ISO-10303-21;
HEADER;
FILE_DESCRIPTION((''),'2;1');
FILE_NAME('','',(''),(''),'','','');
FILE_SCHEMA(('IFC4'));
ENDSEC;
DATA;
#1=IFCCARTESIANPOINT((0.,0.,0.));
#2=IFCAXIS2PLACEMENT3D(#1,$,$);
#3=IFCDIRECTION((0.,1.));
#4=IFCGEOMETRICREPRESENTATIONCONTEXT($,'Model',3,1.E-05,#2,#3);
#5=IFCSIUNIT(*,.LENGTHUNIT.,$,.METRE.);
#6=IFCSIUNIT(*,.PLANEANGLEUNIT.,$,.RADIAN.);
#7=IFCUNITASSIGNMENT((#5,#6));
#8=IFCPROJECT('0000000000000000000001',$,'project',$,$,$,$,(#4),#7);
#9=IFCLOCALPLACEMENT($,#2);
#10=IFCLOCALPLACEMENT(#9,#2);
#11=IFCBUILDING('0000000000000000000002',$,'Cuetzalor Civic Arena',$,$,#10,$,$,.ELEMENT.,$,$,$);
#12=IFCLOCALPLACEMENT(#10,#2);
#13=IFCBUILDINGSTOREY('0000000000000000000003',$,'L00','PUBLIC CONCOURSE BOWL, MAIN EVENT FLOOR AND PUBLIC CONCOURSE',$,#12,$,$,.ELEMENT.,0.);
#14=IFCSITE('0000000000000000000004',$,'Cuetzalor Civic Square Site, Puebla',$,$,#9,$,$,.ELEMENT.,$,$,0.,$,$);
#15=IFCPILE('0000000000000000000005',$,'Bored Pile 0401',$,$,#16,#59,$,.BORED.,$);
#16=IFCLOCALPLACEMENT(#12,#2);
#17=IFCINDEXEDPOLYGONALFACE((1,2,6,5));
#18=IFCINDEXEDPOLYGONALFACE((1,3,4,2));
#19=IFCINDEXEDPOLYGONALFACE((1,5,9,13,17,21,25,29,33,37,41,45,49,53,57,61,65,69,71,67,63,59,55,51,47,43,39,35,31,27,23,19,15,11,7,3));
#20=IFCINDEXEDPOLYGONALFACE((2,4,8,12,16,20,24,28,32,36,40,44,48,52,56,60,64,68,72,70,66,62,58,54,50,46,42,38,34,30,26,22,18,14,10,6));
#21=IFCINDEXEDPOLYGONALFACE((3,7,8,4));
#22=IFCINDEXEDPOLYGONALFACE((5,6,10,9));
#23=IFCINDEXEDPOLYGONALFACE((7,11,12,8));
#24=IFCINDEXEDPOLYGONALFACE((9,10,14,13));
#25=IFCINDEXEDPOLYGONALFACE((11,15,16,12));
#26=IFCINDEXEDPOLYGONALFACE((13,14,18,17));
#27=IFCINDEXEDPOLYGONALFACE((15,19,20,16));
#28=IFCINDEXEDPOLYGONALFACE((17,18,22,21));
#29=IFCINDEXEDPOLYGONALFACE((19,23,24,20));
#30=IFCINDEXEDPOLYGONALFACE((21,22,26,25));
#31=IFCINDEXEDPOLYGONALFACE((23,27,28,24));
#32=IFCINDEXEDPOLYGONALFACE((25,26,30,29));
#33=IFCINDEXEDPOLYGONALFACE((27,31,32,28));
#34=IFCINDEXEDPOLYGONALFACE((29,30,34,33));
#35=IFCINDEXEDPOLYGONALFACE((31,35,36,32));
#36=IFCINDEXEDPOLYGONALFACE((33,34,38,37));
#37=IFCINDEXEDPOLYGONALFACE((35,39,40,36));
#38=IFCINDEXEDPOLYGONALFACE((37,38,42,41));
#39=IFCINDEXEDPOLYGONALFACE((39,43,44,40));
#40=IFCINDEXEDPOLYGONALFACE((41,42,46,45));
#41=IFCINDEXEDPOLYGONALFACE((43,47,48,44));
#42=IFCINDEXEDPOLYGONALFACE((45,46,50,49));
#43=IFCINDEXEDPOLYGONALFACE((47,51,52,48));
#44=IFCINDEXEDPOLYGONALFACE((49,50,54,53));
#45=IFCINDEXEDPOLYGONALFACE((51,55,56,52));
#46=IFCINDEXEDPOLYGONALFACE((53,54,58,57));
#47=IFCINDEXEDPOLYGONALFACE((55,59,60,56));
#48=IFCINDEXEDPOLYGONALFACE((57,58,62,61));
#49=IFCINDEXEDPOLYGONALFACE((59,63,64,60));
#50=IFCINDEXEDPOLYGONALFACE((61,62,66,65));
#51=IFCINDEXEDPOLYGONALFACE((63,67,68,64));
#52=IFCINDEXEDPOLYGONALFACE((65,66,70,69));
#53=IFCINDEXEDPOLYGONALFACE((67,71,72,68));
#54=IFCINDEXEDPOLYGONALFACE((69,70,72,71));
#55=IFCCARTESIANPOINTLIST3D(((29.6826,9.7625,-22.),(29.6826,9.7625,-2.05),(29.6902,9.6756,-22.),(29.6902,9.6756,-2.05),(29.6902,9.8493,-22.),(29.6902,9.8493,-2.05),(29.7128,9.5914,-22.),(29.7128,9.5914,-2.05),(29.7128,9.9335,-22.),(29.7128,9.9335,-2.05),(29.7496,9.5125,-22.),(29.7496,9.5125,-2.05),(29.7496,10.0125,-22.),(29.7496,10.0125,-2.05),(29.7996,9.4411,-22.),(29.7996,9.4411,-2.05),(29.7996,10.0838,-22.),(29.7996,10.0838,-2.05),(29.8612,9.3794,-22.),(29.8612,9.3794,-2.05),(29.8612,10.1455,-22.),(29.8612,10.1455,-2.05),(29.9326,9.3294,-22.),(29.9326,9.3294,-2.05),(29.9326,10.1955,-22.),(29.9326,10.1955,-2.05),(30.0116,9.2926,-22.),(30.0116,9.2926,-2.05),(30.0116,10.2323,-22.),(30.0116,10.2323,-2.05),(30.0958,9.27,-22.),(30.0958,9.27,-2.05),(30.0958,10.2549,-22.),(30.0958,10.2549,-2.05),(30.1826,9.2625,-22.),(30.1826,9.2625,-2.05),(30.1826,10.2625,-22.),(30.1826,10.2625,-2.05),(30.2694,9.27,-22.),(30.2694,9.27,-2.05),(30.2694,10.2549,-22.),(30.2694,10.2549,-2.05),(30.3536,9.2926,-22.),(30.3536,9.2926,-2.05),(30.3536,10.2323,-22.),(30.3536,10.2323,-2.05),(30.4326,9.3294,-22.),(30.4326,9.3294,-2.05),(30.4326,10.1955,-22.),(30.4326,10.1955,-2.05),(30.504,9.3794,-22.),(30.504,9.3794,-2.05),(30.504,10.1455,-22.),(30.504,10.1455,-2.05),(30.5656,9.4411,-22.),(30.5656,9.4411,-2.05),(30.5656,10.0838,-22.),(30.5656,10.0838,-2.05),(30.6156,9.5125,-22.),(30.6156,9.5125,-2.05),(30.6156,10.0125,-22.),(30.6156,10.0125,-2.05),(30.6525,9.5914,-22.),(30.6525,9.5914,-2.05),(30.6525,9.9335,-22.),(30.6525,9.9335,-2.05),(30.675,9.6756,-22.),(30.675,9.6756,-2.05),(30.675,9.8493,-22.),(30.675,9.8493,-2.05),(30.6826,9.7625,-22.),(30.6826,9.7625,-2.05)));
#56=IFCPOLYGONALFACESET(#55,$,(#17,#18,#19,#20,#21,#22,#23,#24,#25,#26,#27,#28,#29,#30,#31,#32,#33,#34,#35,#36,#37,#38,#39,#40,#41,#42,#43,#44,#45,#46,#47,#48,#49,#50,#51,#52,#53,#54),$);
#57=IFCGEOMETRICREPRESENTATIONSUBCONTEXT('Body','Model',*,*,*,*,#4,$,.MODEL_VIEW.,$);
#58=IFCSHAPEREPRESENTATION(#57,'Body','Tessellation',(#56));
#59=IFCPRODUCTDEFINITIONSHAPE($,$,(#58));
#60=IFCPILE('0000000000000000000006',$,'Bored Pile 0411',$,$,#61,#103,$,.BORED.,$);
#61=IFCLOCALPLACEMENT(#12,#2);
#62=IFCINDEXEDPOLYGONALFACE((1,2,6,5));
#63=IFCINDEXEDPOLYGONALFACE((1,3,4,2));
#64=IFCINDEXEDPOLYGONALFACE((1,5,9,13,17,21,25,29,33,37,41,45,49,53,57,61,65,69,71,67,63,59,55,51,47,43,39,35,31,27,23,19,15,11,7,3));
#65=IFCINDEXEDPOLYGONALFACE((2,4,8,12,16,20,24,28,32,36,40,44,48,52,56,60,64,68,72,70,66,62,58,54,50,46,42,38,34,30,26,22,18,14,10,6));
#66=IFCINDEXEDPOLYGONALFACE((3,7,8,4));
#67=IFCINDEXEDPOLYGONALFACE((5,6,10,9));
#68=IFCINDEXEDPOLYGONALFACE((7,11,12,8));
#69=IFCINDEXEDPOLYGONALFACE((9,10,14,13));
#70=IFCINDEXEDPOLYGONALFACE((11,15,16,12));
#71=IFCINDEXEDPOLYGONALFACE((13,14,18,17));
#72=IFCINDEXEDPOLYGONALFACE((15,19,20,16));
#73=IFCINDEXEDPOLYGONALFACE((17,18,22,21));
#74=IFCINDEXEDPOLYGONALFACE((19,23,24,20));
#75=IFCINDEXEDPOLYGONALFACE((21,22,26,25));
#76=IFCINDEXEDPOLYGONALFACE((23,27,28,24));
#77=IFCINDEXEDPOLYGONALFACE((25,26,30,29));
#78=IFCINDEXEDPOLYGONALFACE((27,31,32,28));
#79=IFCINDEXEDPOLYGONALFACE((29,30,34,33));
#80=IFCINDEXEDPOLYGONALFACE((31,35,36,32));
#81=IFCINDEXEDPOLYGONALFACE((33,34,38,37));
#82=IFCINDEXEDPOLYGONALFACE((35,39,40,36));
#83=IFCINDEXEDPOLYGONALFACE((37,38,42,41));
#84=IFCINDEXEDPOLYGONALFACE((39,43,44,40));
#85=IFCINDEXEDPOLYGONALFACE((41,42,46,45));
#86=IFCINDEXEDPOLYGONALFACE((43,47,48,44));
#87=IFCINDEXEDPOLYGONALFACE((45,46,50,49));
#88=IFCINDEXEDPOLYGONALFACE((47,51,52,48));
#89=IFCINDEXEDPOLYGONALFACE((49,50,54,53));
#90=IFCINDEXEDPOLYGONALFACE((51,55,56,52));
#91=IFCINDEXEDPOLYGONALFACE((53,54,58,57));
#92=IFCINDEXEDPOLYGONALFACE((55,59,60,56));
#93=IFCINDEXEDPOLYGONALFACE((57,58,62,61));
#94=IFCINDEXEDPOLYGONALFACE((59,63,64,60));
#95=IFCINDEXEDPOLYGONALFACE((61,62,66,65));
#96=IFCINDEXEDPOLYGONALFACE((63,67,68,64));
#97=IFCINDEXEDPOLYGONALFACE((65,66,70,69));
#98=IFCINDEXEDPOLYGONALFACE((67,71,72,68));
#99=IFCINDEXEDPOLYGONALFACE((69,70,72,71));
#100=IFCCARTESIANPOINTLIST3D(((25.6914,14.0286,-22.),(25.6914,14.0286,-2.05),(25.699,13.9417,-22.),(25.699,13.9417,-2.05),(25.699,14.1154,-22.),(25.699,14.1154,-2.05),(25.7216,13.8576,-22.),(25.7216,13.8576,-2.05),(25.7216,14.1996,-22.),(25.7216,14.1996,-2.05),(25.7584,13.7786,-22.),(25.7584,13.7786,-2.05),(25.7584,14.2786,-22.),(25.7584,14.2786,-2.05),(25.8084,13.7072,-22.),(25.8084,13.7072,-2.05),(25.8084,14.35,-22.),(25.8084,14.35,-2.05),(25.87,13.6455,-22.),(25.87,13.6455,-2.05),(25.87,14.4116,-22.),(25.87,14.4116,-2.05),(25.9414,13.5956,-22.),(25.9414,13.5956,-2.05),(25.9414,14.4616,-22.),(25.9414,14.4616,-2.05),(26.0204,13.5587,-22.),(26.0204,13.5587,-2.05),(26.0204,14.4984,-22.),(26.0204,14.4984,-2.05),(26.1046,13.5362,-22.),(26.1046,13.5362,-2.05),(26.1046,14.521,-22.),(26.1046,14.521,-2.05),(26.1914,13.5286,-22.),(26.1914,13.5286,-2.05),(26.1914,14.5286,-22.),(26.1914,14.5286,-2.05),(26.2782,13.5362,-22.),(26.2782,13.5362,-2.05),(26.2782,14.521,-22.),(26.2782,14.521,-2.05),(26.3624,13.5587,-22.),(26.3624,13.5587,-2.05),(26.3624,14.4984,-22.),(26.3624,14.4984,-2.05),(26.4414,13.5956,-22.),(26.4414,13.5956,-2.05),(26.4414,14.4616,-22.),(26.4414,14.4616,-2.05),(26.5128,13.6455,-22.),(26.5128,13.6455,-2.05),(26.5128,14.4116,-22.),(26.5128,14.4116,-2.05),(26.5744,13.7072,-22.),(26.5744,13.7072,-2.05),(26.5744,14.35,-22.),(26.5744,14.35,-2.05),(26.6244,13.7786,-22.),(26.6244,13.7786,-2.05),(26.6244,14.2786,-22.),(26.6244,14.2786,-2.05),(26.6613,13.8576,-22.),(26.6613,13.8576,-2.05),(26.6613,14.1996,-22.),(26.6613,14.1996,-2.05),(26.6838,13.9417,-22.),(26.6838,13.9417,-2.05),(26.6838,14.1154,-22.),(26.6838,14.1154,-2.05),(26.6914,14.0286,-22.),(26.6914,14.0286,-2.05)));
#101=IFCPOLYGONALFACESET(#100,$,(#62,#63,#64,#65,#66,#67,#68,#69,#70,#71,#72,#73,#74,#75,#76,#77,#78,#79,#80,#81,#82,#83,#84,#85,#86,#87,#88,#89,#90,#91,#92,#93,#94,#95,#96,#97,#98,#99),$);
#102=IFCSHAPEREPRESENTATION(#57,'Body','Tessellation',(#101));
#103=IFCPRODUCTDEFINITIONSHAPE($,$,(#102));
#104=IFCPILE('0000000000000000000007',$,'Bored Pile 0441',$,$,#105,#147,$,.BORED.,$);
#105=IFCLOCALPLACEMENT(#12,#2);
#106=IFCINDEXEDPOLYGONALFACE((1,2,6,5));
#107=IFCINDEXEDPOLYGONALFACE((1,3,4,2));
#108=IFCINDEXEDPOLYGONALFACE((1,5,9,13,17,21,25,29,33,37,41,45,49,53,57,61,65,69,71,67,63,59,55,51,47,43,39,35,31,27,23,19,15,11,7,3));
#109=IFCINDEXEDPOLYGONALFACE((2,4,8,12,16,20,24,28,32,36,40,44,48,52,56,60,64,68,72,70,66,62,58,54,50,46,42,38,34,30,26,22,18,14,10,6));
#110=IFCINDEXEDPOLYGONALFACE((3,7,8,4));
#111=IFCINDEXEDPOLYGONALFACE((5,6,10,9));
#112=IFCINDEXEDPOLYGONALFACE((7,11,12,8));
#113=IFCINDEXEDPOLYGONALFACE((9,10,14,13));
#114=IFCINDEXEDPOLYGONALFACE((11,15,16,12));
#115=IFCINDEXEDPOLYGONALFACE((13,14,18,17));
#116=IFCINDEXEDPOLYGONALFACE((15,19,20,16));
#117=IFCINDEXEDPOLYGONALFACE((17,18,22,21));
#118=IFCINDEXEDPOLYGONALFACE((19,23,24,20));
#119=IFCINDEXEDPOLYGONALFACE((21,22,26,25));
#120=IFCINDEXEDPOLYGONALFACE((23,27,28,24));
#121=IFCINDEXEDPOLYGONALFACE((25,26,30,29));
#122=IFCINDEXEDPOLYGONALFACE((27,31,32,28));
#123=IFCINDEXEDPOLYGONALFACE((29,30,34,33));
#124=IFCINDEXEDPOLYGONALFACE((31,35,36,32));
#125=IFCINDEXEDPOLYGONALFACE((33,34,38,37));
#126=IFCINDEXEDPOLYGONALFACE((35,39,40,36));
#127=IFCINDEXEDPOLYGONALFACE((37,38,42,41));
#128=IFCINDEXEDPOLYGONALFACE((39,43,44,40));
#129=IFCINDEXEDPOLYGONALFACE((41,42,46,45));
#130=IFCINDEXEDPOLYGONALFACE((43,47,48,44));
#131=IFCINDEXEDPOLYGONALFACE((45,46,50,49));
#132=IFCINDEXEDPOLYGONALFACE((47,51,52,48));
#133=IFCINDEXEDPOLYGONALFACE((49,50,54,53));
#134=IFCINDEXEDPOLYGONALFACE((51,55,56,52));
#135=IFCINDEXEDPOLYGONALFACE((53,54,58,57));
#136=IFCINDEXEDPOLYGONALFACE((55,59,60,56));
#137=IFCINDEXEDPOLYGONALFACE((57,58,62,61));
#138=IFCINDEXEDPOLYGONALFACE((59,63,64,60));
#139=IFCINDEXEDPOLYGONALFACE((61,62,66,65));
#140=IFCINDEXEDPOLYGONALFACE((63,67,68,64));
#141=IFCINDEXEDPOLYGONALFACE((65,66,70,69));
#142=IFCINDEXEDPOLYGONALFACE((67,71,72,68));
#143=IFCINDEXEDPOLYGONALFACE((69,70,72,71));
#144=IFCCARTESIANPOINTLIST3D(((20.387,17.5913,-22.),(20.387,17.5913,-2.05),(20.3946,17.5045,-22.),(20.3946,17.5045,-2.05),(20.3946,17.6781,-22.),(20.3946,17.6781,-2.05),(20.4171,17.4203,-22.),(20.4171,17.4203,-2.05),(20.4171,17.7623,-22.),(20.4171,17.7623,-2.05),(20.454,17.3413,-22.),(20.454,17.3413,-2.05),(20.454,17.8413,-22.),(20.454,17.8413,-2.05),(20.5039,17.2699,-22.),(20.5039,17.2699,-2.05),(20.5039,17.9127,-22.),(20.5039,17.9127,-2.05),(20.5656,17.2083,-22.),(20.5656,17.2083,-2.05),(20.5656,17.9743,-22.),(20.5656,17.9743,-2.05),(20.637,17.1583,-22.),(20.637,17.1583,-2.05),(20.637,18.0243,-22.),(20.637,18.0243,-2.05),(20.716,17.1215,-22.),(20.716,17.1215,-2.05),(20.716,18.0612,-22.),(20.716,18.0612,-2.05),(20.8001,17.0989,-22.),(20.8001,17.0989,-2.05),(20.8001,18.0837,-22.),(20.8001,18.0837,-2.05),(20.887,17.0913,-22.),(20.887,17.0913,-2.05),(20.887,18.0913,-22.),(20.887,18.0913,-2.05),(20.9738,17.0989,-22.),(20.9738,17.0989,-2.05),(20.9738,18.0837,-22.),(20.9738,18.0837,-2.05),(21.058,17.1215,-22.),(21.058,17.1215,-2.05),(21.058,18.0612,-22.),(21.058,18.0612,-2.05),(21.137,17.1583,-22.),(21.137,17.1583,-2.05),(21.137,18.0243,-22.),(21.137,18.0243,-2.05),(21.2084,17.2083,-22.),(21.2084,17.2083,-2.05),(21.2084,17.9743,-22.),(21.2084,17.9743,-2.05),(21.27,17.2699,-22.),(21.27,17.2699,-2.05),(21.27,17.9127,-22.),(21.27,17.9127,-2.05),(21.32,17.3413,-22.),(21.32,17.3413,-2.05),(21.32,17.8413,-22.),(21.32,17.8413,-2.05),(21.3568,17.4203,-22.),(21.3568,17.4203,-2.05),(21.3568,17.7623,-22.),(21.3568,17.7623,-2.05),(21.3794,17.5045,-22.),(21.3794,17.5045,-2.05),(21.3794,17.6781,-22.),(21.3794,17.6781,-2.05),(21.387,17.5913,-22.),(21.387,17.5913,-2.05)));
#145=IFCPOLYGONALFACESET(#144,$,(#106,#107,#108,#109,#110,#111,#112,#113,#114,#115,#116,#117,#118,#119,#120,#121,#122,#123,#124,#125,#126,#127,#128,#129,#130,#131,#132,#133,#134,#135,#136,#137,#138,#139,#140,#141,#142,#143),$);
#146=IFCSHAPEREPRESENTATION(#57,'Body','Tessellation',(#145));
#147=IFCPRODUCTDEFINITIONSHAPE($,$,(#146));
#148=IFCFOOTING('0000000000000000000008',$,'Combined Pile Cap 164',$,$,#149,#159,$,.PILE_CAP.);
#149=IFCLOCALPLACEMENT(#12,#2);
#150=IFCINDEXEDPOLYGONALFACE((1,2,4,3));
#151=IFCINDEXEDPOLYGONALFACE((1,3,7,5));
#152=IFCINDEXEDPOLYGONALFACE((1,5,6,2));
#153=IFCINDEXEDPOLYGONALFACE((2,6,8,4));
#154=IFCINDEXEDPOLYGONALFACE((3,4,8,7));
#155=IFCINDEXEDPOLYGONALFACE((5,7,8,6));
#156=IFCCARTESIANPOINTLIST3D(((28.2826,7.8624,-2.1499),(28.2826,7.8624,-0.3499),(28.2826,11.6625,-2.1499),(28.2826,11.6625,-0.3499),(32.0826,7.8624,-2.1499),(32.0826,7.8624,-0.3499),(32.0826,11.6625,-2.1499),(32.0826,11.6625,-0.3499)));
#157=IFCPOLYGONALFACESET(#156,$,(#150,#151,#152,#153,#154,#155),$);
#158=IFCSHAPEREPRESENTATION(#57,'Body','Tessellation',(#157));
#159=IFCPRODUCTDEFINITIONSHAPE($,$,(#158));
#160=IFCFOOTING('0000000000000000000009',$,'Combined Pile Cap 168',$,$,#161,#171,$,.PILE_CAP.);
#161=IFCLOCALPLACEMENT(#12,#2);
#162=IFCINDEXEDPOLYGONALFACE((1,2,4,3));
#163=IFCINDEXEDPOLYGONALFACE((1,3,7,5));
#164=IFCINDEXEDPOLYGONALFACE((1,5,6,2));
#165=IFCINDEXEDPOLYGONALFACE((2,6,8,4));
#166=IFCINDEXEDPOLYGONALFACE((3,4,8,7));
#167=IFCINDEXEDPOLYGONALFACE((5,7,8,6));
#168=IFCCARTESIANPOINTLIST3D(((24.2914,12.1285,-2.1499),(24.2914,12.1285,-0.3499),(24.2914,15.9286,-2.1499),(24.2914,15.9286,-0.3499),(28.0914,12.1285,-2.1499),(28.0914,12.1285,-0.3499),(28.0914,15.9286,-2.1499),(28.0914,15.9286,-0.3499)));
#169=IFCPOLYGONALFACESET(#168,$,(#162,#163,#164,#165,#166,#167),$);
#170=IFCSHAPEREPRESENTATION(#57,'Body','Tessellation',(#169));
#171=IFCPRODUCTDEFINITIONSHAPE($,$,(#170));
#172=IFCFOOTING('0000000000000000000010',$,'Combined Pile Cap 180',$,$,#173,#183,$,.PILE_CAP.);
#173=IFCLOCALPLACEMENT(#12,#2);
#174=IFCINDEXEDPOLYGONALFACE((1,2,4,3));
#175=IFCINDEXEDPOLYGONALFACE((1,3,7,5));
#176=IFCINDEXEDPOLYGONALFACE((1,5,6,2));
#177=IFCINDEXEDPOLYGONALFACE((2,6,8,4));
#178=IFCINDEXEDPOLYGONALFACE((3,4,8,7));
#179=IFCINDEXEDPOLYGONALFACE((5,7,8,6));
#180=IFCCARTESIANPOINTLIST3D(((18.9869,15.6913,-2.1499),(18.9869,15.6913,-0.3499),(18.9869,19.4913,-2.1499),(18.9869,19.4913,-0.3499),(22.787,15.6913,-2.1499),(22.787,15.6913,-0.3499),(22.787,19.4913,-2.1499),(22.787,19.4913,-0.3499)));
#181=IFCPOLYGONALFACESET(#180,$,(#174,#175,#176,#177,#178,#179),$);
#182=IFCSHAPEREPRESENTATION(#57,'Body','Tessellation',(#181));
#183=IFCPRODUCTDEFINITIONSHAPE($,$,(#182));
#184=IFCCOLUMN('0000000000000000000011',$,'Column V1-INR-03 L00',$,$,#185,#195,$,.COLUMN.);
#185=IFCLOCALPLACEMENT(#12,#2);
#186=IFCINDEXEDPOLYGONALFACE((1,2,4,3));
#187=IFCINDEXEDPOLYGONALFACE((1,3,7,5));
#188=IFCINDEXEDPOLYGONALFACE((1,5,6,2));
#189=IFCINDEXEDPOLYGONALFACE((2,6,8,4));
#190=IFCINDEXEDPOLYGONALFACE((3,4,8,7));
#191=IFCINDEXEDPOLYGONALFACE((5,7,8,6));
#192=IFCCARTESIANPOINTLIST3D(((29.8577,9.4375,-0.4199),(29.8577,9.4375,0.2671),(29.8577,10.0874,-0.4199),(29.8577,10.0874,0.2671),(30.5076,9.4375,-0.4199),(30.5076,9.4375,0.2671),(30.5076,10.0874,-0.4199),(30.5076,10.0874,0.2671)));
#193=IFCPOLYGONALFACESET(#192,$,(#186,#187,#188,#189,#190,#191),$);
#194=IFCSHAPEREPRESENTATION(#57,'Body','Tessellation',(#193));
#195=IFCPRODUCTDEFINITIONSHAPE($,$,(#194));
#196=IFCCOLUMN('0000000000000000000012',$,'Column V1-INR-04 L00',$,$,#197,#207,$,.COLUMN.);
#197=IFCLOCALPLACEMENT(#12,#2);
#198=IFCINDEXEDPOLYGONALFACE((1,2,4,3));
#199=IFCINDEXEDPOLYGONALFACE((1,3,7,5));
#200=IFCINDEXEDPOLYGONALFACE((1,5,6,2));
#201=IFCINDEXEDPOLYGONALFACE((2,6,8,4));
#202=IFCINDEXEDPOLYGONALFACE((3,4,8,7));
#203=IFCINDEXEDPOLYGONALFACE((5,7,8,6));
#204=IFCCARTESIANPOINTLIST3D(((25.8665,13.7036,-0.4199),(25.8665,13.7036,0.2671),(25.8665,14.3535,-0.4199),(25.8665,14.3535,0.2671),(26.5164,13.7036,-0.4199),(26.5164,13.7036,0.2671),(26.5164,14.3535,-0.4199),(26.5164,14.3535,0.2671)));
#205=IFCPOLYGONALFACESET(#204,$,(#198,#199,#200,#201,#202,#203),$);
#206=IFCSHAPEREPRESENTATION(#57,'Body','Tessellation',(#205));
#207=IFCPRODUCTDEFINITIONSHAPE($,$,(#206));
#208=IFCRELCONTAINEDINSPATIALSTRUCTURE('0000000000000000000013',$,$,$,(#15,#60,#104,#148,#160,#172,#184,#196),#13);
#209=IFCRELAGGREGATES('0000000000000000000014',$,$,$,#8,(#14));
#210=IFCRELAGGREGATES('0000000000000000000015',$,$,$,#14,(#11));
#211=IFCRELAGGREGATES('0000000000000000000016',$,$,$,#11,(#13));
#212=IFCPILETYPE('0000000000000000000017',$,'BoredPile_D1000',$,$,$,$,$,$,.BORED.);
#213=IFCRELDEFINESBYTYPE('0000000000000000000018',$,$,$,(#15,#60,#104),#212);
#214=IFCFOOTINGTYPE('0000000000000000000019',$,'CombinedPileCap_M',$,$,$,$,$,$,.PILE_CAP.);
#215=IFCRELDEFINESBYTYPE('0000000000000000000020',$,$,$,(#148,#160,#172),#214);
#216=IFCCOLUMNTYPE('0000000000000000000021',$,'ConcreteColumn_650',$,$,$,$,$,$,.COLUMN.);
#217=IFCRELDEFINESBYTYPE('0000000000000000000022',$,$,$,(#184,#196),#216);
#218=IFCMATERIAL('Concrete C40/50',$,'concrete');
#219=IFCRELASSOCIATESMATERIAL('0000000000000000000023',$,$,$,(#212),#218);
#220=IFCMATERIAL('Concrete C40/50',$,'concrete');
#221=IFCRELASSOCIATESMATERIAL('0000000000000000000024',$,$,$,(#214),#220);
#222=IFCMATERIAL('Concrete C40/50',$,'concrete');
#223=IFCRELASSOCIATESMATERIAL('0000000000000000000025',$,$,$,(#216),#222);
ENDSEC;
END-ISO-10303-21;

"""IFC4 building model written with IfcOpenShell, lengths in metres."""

from ifc_helpers import new_model, si_unit, direction, frame, origin, origin_2d, place, context, subcontext, project, spatial, rectangle, circle, extrude, material, material_profile, profile_set, type_object, element, save


model = new_model("IFC4")

# Units and contexts
model_context = context("Model", 3, precision=1e-05, world=origin(), true_north=direction((0.0, 1.0)))
body_context = subcontext(model_context, "Body", "Model", "MODEL_VIEW")
ifc_project = project(units=[si_unit("LENGTHUNIT", "METRE"), si_unit("PLANEANGLEUNIT", "RADIAN")], contexts=[model_context])

# Site, building, storey
site_placement = place(None, origin())
site = spatial("IfcSite", under=ifc_project, at=site_placement, Name="Cuetzalor Civic Square Site, Puebla", CompositionType="ELEMENT", RefElevation=0.0)
building_placement = place(site_placement, origin())
building = spatial("IfcBuilding", under=site, at=building_placement, Name="Cuetzalor Civic Arena", CompositionType="ELEMENT")
storey_placement = place(building_placement, origin())
storey = spatial("IfcBuildingStorey", under=building, at=storey_placement, Name="L00", Description="PUBLIC CONCOURSE BOWL, MAIN EVENT FLOOR AND PUBLIC CONCOURSE", CompositionType="ELEMENT", Elevation=0.0)

# Piles
ifc_material_1 = material(Name="Concrete C40/50", Category="concrete")
ifc_material_profile_1 = material_profile(ifc_material_1, circle(Radius=0.5, at=origin_2d()), Name="BORED PILE D1000")
ifc_profile_set_1 = profile_set([ifc_material_profile_1], Name="Concrete C40/50")
pile_type = type_object("IfcPileType", Name="BoredPile_D1000", PredefinedType="BORED", material=ifc_profile_set_1)
for number, where, z_axis, x_axis, name in (
    (1, (30.1826, 9.7625, -2.05), (0.0, 0.0, -1.0), (1.0, 0.0, 0.0), "Bored Pile 0401"),
    (2, (26.1914, 14.0286, -2.05), (0.0, 0.0, -1.0), (1.0, 0.0, 0.0), "Bored Pile 0411"),
    (3, (20.887, 17.5913, -2.05), (0.0, 0.0, -1.0), (1.0, 0.0, 0.0), "Bored Pile 0441"),
):
    element("IfcPile", number, at=place(storey_placement, frame(where, z_axis=z_axis, x_axis=x_axis)), inside=storey, type_object=pile_type, Name=name, PredefinedType="BORED", context=body_context, shape_type="SweptSolid", body=[
        extrude(circle(Radius=0.5, at=origin_2d()), origin(), (0.0, 0.0, 1.0), 19.95),
    ])

# Footings
ifc_material_2 = material(Name="Concrete C40/50", Category="concrete")
footing_type = type_object("IfcFootingType", Name="CombinedPileCap_M", PredefinedType="PILE_CAP", material=ifc_material_2)
for number, where, z_axis, x_axis, name in (
    (4, (30.1826, 9.7625, -2.1499), (0.0, 0.0, 1.0), (1.0, 0.0, 0.0), "Combined Pile Cap 164"),
    (5, (26.1914, 14.0286, -2.1499), (0.0, 0.0, 1.0), (1.0, 0.0, 0.0), "Combined Pile Cap 168"),
    (6, (20.887, 17.5913, -2.1499), (0.0, 0.0, 1.0), (1.0, 0.0, 0.0), "Combined Pile Cap 180"),
):
    element("IfcFooting", number, at=place(storey_placement, frame(where, z_axis=z_axis, x_axis=x_axis)), inside=storey, type_object=footing_type, Name=name, PredefinedType="PILE_CAP", context=body_context, shape_type="SweptSolid", body=[
        extrude(rectangle(XDim=3.8, YDim=3.8, at=origin_2d()), origin(), (0.0, 0.0, 1.0), 1.8),
    ])

# Columns
ifc_material_3 = material(Name="Concrete C40/50", Category="concrete")
ifc_material_profile_2 = material_profile(ifc_material_3, rectangle(XDim=0.6499, YDim=0.6499, at=origin_2d()), Name="RC 650x650")
ifc_profile_set_2 = profile_set([ifc_material_profile_2], Name="Concrete C40/50")
column_type = type_object("IfcColumnType", Name="ConcreteColumn_650", PredefinedType="COLUMN", material=ifc_profile_set_2)
for number, where, z_axis, x_axis, name in (
    (7, (30.1826, 9.7625, -0.4199), (0.0, 0.0, 1.0), (1.0, 0.0, 0.0), "Column V1-INR-03 L00"),
    (8, (26.1914, 14.0286, -0.4199), (0.0, 0.0, 1.0), (1.0, 0.0, 0.0), "Column V1-INR-04 L00"),
):
    element("IfcColumn", number, at=place(storey_placement, frame(where, z_axis=z_axis, x_axis=x_axis)), inside=storey, type_object=column_type, Name=name, PredefinedType="COLUMN", context=body_context, shape_type="SweptSolid", body=[
        extrude(rectangle(XDim=0.6499, YDim=0.6499, at=origin_2d()), origin(), (0.0, 0.0, 1.0), 0.687),
    ])

save(model, "model.ifc")
